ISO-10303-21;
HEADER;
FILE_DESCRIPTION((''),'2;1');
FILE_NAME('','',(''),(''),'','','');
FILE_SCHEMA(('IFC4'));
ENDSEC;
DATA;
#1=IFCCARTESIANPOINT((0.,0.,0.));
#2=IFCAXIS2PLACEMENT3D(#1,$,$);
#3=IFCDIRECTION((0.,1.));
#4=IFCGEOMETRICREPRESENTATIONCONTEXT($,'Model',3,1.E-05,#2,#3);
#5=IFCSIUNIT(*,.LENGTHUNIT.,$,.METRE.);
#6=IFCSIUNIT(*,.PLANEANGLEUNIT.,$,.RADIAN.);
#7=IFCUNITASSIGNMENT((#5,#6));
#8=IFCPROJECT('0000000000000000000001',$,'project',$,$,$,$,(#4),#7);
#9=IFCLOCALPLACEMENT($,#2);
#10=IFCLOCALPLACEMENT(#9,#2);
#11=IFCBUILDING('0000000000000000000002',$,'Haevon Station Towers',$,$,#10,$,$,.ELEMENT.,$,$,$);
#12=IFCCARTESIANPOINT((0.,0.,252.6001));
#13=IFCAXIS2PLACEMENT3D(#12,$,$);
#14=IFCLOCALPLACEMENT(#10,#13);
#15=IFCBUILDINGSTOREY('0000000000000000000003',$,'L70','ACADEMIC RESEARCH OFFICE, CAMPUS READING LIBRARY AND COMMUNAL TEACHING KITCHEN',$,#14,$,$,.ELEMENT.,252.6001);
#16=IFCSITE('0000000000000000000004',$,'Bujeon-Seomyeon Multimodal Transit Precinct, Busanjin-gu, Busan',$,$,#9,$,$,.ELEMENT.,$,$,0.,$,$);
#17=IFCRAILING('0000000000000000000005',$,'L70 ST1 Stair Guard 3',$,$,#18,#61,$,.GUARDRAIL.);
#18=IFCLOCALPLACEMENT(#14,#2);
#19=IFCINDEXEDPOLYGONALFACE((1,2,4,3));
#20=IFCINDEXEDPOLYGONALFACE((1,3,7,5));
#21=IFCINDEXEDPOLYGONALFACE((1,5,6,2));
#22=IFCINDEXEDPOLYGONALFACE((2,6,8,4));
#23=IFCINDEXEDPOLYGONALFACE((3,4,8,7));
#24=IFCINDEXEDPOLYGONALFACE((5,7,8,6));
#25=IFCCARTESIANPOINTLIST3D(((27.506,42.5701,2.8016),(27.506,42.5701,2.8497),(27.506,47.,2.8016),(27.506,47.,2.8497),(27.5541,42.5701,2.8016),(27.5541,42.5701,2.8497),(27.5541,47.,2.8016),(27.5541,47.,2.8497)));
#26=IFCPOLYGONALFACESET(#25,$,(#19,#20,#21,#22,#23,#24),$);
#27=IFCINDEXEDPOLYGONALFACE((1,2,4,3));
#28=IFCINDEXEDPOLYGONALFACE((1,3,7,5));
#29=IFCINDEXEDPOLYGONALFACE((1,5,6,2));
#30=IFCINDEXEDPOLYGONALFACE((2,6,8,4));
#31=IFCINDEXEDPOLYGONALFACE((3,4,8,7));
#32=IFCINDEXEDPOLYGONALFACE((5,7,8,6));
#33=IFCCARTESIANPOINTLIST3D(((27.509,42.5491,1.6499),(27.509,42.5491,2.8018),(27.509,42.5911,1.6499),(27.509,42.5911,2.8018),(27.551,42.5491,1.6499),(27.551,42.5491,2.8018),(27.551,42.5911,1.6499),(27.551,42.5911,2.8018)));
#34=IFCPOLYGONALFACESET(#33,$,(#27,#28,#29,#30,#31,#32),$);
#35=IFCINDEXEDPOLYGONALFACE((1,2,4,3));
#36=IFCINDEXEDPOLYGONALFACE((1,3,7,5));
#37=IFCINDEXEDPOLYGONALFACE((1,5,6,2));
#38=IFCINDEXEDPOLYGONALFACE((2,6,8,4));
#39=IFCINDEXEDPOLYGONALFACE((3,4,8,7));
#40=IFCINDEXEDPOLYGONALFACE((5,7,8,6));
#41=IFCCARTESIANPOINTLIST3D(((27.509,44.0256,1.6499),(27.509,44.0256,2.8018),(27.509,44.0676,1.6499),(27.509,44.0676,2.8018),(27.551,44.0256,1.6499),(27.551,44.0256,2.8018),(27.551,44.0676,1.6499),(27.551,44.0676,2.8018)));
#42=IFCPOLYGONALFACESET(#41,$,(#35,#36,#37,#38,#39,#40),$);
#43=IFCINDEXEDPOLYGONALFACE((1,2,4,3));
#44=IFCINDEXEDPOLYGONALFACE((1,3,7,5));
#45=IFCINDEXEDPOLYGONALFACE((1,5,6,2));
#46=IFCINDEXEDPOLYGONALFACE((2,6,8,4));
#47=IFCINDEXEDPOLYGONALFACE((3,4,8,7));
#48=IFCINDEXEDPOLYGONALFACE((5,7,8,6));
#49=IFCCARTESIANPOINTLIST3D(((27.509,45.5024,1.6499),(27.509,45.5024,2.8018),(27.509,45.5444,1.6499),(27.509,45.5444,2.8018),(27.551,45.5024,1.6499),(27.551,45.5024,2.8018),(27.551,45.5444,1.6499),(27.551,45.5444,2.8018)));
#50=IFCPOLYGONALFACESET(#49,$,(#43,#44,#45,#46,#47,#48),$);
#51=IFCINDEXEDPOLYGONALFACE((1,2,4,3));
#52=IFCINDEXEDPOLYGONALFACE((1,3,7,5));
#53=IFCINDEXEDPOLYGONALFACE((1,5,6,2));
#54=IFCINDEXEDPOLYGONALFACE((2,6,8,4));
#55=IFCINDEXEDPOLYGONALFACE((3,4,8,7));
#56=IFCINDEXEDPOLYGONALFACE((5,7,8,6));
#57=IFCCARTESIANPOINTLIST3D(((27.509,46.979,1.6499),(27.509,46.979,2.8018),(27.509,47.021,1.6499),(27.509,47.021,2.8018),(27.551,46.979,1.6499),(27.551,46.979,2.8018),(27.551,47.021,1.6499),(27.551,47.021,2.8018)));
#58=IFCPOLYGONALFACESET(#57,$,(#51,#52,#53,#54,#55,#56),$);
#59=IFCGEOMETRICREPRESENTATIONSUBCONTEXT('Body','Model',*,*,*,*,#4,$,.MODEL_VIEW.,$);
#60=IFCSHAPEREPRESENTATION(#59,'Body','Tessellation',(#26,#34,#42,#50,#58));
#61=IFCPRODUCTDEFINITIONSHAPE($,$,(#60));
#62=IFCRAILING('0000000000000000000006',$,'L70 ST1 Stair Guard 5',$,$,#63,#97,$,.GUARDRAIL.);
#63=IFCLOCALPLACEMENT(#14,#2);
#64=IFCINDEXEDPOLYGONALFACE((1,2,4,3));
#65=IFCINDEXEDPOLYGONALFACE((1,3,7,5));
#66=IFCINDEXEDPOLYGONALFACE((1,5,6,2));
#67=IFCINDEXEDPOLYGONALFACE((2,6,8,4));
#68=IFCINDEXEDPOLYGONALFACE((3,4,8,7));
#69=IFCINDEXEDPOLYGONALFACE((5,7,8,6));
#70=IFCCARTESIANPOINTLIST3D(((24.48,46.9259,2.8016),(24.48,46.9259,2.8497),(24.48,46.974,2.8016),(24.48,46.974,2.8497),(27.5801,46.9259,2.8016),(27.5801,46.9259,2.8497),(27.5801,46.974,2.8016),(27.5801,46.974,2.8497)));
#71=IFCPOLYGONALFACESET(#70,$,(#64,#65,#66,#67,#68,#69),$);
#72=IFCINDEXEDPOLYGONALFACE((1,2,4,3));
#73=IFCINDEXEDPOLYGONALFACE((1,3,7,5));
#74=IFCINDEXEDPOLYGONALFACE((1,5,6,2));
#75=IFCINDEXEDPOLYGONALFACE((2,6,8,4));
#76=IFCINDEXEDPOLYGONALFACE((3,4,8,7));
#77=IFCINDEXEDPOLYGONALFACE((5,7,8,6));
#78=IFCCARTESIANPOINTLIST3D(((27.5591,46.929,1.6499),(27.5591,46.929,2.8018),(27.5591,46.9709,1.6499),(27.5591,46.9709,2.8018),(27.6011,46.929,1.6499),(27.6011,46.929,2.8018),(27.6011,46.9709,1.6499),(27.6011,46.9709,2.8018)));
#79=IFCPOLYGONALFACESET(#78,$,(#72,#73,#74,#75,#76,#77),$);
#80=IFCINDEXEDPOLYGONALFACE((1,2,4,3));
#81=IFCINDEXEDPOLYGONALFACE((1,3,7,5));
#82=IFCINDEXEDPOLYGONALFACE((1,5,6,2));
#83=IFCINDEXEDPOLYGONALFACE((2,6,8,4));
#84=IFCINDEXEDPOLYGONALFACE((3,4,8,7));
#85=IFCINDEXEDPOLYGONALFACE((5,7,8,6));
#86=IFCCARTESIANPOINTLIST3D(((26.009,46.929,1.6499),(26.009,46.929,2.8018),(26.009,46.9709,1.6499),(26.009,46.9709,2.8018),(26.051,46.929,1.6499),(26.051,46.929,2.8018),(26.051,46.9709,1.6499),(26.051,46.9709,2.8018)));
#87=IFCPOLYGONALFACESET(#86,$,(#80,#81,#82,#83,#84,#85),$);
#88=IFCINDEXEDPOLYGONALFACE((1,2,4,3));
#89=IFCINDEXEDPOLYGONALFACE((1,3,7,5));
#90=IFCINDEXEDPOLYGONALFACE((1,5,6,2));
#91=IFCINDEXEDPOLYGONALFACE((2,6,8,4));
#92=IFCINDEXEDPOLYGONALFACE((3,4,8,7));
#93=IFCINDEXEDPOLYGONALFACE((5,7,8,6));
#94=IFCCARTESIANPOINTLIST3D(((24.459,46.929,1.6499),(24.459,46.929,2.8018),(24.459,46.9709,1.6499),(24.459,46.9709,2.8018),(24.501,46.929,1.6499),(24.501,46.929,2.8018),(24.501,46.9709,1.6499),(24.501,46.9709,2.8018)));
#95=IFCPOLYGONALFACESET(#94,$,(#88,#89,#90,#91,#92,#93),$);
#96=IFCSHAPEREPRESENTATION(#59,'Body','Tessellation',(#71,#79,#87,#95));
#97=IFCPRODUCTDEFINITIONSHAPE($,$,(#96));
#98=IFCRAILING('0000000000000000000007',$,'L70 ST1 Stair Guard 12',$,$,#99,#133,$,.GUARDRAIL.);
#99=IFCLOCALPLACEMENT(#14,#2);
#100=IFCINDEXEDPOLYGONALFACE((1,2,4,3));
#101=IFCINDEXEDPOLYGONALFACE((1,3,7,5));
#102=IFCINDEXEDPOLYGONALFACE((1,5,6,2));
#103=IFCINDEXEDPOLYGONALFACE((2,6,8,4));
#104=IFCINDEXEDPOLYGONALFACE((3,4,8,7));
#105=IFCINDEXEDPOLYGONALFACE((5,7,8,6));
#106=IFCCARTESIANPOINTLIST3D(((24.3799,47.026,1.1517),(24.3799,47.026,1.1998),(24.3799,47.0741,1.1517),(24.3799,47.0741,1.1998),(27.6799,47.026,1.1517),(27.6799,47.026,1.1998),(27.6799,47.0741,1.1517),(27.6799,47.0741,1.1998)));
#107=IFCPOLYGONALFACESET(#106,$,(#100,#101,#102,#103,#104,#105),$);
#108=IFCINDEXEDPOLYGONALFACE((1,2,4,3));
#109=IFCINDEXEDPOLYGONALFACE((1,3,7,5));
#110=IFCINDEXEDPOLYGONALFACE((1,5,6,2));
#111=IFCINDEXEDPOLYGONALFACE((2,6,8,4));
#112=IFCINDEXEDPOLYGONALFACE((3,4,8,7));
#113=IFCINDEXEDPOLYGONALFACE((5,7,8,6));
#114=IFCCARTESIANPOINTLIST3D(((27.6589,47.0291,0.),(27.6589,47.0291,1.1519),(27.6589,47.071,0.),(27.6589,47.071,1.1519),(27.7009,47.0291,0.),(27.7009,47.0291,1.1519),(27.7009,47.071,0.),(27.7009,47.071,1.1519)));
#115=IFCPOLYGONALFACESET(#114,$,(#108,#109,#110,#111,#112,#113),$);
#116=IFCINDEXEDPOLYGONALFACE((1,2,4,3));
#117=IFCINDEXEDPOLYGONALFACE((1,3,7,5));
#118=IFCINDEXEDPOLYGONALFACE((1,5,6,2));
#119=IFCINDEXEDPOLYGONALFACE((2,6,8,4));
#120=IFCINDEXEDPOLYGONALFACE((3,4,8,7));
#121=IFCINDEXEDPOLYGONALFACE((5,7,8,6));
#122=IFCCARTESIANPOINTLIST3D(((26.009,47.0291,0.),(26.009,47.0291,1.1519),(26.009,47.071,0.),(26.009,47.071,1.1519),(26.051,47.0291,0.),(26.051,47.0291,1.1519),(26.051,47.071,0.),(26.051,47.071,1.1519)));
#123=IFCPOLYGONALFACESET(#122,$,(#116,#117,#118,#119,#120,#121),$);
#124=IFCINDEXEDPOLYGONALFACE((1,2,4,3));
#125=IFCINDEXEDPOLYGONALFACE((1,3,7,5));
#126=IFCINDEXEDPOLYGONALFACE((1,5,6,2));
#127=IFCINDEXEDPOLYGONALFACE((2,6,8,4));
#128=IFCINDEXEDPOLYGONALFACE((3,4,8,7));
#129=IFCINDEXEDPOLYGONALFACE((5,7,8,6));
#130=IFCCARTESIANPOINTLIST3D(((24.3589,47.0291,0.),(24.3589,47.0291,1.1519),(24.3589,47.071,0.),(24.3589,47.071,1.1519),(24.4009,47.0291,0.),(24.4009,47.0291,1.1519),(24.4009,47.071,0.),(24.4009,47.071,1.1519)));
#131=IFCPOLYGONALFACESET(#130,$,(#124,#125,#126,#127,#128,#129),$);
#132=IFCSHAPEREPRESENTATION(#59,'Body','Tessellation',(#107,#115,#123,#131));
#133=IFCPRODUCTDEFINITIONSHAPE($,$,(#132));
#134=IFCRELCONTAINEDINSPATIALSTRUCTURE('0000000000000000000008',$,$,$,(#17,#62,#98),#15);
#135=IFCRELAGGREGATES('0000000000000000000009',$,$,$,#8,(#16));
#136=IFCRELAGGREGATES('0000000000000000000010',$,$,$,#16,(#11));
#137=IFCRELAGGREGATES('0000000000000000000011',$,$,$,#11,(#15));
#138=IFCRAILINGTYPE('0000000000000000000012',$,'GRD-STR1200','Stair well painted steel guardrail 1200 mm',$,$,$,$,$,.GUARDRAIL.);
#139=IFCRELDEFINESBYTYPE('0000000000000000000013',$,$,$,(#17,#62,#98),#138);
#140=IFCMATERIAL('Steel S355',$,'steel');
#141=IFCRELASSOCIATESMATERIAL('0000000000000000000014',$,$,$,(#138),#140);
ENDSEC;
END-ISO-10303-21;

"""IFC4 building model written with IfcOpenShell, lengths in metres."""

from ifc_helpers import new_model, si_unit, direction, frame, origin, origin_2d, place, context, subcontext, project, spatial, rectangle, extrude, material, type_object, element, save


model = new_model("IFC4")

# Units and contexts
model_context = context("Model", 3, precision=1e-05, world=origin(), true_north=direction((0.0, 1.0)))
body_context = subcontext(model_context, "Body", "Model", "MODEL_VIEW")
ifc_project = project(units=[si_unit("LENGTHUNIT", "METRE"), si_unit("PLANEANGLEUNIT", "RADIAN")], contexts=[model_context])

# Site, building, storey
site_placement = place(None, origin())
site = spatial("IfcSite", under=ifc_project, at=site_placement, Name="Bujeon-Seomyeon Multimodal Transit Precinct, Busanjin-gu, Busan", CompositionType="ELEMENT", RefElevation=0.0)
building_placement = place(site_placement, origin())
building = spatial("IfcBuilding", under=site, at=building_placement, Name="Haevon Station Towers", CompositionType="ELEMENT")
storey_placement = place(building_placement, frame((0.0, 0.0, 252.6001)))
storey = spatial("IfcBuildingStorey", under=building, at=storey_placement, Name="L70", Description="ACADEMIC RESEARCH OFFICE, CAMPUS READING LIBRARY AND COMMUNAL TEACHING KITCHEN", CompositionType="ELEMENT", Elevation=252.6001)

# Shared definitions
ifc_material_1 = material(Name="Steel S355", Category="steel")

# Railings
railing_type = type_object("IfcRailingType", Name="GRD-STR1200", Description="Stair well painted steel guardrail 1200 mm", PredefinedType="GUARDRAIL", material=ifc_material_1)
railing_1_placement = place(storey_placement, frame((27.53, 42.5701, 1.6499)))
element("IfcRailing", 1, at=railing_1_placement, inside=storey, type_object=railing_type, Name="L70 ST1 Stair Guard 3", PredefinedType="GUARDRAIL", context=body_context, shape_type="SweptSolid", body=[
    extrude(rectangle(XDim=0.0481, YDim=0.0481, at=origin_2d()), frame((0.0, 0.0, 1.1758), z_axis=(0.0, 1.0, 0.0), x_axis=(-1.0, 0.0, 0.0)), (0.0, 0.0, 1.0), 4.4299),
    extrude(rectangle(XDim=0.042, YDim=0.042, at=origin_2d()), origin(), (0.0, 0.0, 1.0), 1.1519),
    extrude(rectangle(XDim=0.042, YDim=0.042, at=origin_2d()), frame((0.0, 1.4766, 0.0)), (0.0, 0.0, 1.0), 1.1519),
    extrude(rectangle(XDim=0.042, YDim=0.042, at=origin_2d()), frame((0.0, 2.9534, 0.0)), (0.0, 0.0, 1.0), 1.1519),
    extrude(rectangle(XDim=0.042, YDim=0.042, at=origin_2d()), frame((0.0, 4.4299, 0.0)), (0.0, 0.0, 1.0), 1.1519),
])
railing_2_placement = place(storey_placement, frame((27.5801, 46.95, 1.6499)))
element("IfcRailing", 2, at=railing_2_placement, inside=storey, type_object=railing_type, Name="L70 ST1 Stair Guard 5", PredefinedType="GUARDRAIL", context=body_context, shape_type="SweptSolid", body=[
    extrude(rectangle(XDim=0.0481, YDim=0.0481, at=origin_2d()), frame((0.0, 0.0, 1.1758), z_axis=(-1.0, 0.0, 0.0), x_axis=(0.0, -1.0, 0.0)), (0.0, 0.0, 1.0), 3.1001),
    extrude(rectangle(XDim=0.042, YDim=0.042, at=origin_2d()), origin(), (0.0, 0.0, 1.0), 1.1519),
    extrude(rectangle(XDim=0.042, YDim=0.042, at=origin_2d()), frame((-1.55, 0.0, 0.0)), (0.0, 0.0, 1.0), 1.1519),
    extrude(rectangle(XDim=0.042, YDim=0.042, at=origin_2d()), frame((-3.1001, 0.0, 0.0)), (0.0, 0.0, 1.0), 1.1519),
])
railing_3_placement = place(storey_placement, frame((27.6799, 47.05, 0.0)))
element("IfcRailing", 3, at=railing_3_placement, inside=storey, type_object=railing_type, Name="L70 ST1 Stair Guard 12", PredefinedType="GUARDRAIL", context=body_context, shape_type="SweptSolid", body=[
    extrude(rectangle(XDim=0.0481, YDim=0.0481, at=origin_2d()), frame((0.0, 0.0, 1.1758), z_axis=(-1.0, 0.0, 0.0), x_axis=(0.0, -1.0, 0.0)), (0.0, 0.0, 1.0), 3.3),
    extrude(rectangle(XDim=0.042, YDim=0.042, at=origin_2d()), origin(), (0.0, 0.0, 1.0), 1.1519),
    extrude(rectangle(XDim=0.042, YDim=0.042, at=origin_2d()), frame((-1.6499, 0.0, 0.0)), (0.0, 0.0, 1.0), 1.1519),
    extrude(rectangle(XDim=0.042, YDim=0.042, at=origin_2d()), frame((-3.3, 0.0, 0.0)), (0.0, 0.0, 1.0), 1.1519),
])

save(model, "model.ifc")
